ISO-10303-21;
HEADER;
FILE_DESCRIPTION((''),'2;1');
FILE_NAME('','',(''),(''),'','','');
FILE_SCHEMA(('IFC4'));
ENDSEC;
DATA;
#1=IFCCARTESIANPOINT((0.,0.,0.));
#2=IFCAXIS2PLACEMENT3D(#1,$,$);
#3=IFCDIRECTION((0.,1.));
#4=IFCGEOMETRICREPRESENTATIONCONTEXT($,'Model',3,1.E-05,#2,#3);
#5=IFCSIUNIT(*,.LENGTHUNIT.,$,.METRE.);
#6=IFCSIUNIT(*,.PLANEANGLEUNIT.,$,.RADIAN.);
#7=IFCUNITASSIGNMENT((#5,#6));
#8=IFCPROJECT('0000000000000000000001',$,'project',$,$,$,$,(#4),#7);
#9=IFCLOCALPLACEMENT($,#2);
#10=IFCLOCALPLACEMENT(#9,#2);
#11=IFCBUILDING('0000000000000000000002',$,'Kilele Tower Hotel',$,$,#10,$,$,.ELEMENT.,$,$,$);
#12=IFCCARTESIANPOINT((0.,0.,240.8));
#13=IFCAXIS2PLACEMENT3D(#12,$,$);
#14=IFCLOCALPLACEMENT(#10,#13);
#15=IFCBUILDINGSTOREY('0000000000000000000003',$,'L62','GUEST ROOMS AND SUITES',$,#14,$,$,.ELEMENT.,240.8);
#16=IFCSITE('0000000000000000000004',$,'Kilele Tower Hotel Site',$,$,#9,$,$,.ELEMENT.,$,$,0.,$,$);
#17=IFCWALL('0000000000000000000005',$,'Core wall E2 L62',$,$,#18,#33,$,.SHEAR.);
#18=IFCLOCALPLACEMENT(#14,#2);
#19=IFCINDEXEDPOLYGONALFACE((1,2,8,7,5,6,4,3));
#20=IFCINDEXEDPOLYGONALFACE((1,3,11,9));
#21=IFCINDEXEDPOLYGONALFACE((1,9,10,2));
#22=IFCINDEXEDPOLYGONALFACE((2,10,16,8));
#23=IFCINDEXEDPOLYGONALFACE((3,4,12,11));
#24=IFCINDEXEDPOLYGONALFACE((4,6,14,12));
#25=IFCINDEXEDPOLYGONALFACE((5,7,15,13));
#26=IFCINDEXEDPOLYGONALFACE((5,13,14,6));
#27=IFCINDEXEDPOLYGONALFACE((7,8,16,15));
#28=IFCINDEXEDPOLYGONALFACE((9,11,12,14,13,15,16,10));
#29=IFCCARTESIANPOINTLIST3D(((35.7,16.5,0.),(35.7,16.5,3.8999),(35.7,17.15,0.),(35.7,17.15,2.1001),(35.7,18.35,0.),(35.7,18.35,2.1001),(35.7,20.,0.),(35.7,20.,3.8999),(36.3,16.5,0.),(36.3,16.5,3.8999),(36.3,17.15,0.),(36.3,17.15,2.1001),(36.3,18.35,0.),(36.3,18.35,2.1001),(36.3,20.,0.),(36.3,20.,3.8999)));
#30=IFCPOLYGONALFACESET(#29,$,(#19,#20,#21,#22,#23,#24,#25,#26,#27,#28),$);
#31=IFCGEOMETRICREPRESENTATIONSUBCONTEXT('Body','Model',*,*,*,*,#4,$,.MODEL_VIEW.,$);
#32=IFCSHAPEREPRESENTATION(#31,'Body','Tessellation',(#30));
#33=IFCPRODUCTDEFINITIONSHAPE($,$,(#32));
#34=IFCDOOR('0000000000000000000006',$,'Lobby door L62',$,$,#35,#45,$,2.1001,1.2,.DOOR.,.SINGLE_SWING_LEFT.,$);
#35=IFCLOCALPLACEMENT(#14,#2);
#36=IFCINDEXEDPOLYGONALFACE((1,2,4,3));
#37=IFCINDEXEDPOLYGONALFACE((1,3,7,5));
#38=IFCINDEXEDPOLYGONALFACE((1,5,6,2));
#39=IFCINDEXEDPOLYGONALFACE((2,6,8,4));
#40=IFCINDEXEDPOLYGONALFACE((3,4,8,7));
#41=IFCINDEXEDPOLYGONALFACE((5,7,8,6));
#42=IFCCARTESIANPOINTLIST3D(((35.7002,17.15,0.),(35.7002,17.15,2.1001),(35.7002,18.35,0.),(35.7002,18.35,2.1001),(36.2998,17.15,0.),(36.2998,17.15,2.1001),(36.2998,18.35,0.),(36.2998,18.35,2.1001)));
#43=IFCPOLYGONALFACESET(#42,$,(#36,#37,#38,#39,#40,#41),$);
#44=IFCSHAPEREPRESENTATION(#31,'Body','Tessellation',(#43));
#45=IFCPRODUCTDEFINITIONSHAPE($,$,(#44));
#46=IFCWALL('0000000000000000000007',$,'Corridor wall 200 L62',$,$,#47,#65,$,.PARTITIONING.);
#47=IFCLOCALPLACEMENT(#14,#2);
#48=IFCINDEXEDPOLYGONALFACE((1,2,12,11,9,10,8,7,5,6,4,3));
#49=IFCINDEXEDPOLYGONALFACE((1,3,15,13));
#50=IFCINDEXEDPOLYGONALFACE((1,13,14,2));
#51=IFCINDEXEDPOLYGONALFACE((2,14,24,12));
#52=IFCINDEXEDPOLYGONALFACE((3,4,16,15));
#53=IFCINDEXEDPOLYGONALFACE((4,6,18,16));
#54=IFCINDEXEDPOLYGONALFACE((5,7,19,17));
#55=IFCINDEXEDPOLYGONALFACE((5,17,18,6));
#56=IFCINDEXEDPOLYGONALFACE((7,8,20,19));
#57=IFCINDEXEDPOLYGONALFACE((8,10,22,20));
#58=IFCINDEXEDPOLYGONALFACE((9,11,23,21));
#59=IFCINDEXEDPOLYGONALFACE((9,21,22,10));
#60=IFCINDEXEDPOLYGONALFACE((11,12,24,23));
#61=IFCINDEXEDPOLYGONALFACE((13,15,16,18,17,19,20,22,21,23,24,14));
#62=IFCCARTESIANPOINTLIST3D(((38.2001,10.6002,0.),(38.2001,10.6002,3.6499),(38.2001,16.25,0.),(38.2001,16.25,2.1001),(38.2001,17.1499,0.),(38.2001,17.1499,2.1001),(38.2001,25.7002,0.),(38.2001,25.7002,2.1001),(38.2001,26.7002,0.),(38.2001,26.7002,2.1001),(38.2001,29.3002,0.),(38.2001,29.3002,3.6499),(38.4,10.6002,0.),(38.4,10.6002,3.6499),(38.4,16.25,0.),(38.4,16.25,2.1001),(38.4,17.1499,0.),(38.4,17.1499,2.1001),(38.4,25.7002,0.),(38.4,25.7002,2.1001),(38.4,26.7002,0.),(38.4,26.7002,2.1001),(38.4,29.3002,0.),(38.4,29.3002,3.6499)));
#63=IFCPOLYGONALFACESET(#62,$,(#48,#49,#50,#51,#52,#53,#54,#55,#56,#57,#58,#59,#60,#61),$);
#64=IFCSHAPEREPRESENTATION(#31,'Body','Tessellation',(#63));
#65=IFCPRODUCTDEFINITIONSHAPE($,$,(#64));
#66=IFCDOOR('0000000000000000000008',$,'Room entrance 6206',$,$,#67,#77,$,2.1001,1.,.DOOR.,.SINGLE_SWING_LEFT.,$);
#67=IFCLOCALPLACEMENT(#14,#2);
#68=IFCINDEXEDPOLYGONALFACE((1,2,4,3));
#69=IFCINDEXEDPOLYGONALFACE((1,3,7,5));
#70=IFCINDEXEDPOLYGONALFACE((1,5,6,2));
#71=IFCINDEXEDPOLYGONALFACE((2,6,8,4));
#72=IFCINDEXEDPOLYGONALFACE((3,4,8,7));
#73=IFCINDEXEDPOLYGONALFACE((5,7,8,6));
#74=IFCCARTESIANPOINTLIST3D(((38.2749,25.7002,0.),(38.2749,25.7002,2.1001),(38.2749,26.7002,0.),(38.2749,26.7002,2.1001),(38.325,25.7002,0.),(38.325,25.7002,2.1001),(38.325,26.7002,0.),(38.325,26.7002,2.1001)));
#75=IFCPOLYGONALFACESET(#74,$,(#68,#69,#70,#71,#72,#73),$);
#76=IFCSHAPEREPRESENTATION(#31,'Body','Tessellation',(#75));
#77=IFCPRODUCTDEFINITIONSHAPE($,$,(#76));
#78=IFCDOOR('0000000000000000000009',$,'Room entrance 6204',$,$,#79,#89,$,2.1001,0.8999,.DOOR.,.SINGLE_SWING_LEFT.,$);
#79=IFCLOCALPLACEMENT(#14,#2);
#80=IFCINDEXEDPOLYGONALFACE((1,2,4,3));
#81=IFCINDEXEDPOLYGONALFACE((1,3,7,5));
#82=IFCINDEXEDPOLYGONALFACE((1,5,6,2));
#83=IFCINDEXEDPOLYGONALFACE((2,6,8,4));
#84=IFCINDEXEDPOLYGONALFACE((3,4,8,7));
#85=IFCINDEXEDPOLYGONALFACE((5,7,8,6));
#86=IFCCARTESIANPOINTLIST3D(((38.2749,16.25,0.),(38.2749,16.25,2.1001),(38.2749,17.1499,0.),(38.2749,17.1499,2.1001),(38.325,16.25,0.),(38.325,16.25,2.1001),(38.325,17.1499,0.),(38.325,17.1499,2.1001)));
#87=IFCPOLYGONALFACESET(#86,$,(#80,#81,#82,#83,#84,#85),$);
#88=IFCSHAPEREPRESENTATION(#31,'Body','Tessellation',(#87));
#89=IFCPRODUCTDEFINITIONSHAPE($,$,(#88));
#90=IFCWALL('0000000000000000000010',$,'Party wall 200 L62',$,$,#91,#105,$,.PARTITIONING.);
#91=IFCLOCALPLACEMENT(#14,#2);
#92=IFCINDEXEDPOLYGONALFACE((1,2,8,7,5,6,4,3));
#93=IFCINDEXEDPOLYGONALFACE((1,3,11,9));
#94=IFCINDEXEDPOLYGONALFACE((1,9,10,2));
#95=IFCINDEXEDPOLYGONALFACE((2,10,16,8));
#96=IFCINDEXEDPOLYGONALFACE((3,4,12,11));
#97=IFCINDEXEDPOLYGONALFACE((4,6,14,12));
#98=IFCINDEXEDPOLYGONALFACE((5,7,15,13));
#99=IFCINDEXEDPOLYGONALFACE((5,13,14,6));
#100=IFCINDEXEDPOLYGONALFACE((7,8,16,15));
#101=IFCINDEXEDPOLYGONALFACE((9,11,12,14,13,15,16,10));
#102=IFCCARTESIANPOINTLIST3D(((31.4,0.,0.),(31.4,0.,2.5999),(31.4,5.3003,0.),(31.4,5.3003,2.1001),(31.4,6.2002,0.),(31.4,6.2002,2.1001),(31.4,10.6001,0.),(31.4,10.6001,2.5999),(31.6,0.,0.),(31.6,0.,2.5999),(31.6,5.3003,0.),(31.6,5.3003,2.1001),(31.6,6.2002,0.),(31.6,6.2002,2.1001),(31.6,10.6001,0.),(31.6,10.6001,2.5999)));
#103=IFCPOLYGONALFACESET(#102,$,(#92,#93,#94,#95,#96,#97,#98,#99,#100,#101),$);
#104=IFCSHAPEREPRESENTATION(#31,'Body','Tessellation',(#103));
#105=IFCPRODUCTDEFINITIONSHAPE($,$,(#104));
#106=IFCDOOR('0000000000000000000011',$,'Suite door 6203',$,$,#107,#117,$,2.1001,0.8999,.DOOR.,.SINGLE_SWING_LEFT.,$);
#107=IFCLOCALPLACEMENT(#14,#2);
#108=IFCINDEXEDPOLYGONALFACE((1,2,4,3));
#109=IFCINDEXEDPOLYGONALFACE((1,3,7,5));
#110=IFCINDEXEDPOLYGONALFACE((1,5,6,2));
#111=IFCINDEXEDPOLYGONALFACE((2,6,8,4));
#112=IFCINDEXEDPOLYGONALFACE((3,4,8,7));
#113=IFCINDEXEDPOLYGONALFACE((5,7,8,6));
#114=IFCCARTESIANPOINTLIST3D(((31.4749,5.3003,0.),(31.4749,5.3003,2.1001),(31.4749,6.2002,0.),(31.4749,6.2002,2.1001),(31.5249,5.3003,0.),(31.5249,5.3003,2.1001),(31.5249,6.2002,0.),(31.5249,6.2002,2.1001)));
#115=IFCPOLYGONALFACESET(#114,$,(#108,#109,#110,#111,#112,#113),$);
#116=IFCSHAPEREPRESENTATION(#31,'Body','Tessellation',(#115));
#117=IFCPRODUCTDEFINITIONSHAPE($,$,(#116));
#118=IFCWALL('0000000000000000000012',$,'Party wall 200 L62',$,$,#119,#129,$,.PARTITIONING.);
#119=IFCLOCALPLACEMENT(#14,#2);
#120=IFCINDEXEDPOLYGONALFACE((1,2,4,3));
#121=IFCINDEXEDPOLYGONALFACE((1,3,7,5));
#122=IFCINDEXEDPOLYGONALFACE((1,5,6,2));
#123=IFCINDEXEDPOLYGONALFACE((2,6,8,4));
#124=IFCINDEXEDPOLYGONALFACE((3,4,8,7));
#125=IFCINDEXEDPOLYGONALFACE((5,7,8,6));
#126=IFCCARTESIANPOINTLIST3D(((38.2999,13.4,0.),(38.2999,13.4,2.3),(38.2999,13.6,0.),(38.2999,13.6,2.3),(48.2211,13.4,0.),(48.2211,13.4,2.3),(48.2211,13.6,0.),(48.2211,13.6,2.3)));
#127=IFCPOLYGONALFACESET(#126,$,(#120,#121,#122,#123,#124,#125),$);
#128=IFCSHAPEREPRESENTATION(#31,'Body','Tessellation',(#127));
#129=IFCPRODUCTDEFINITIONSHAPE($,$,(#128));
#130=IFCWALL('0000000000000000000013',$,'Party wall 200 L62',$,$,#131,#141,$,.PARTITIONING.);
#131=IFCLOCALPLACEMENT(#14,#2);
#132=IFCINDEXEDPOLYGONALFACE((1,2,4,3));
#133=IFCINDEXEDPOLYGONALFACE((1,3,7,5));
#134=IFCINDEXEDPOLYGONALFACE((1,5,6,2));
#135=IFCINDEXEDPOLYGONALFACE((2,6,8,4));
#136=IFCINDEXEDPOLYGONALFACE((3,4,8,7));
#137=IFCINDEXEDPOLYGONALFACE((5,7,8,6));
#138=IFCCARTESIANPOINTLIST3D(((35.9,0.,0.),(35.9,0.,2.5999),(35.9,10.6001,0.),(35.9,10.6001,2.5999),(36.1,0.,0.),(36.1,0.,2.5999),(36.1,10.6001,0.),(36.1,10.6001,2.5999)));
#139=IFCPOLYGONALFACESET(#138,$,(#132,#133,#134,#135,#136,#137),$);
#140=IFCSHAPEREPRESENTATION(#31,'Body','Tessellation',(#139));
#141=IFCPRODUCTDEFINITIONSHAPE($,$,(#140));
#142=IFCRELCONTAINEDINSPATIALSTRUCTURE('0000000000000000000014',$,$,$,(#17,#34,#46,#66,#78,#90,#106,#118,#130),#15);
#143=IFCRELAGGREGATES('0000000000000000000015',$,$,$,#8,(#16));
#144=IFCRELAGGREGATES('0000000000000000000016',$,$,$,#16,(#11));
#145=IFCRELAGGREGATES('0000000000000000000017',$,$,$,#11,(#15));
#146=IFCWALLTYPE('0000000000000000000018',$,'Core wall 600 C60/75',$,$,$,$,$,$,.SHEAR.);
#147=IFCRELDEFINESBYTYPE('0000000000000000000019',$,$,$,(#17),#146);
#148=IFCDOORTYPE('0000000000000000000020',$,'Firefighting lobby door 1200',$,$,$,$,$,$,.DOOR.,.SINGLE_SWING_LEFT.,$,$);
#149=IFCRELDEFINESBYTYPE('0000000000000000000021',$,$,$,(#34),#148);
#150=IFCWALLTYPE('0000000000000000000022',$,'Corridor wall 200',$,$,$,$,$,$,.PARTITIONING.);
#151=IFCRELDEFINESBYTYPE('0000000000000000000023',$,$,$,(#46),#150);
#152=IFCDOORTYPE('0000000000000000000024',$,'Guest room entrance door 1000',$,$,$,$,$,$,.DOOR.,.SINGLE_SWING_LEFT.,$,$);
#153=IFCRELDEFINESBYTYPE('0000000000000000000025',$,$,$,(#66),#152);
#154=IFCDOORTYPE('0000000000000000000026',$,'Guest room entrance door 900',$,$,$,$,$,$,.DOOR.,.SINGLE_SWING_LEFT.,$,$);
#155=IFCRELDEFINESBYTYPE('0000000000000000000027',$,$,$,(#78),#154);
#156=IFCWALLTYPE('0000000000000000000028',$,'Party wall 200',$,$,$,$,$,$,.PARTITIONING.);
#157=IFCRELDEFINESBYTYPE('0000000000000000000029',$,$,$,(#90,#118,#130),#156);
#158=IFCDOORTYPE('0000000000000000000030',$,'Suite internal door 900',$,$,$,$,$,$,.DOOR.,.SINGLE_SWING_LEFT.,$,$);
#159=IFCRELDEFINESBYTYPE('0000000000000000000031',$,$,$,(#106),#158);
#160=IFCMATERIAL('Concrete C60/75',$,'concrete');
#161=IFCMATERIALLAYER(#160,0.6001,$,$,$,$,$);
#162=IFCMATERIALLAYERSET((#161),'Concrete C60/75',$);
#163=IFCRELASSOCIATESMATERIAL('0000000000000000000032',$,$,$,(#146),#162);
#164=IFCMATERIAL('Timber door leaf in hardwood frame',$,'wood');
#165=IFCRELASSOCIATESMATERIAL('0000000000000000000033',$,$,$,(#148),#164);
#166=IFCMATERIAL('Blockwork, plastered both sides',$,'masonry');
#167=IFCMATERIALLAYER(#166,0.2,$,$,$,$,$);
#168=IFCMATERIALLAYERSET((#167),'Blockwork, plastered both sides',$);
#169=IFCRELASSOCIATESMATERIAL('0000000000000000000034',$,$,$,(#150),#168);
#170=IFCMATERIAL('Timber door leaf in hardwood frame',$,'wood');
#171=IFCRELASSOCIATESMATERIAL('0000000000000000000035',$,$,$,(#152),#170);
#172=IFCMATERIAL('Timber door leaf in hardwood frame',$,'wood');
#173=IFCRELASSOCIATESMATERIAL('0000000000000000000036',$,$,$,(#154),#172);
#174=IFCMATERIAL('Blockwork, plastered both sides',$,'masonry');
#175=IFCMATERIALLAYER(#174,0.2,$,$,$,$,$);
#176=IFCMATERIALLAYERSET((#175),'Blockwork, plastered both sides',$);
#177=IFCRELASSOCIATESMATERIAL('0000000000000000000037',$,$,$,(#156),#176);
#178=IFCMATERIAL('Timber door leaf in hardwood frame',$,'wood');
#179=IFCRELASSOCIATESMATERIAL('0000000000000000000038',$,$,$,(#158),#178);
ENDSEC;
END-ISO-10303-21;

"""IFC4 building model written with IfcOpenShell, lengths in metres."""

from ifc_helpers import new_model, si_unit, direction, frame, frame_2d, origin, place, context, subcontext, project, spatial, rectangle, extrude, material, layer, layer_set, type_object, element, fill, save


model = new_model("IFC4")

# Units and contexts
model_context = context("Model", 3, precision=1e-05, world=origin(), true_north=direction((0.0, 1.0)))
body_context = subcontext(model_context, "Body", "Model", "MODEL_VIEW")
ifc_project = project(units=[si_unit("LENGTHUNIT", "METRE"), si_unit("PLANEANGLEUNIT", "RADIAN")], contexts=[model_context])

# Site, building, storey
site_placement = place(None, origin())
site = spatial("IfcSite", under=ifc_project, at=site_placement, Name="Kilele Tower Hotel Site", CompositionType="ELEMENT", RefElevation=0.0)
building_placement = place(site_placement, origin())
building = spatial("IfcBuilding", under=site, at=building_placement, Name="Kilele Tower Hotel", CompositionType="ELEMENT")
storey_placement = place(building_placement, frame((0.0, 0.0, 240.8)))
storey = spatial("IfcBuildingStorey", under=building, at=storey_placement, Name="L62", Description="GUEST ROOMS AND SUITES", CompositionType="ELEMENT", Elevation=240.8)

# Shared definitions
ifc_material_1 = material(Name="Concrete C60/75", Category="concrete")
ifc_layer_1 = layer(ifc_material_1, 0.6001)
ifc_layer_set_1 = layer_set([ifc_layer_1], Name="Concrete C60/75")
wall_type_1 = type_object("IfcWallType", Name="Core wall 600 C60/75", PredefinedType="SHEAR", material=ifc_layer_set_1)
ifc_material_2 = material(Name="Timber door leaf in hardwood frame", Category="wood")
door_type_1 = type_object("IfcDoorType", Name="Firefighting lobby door 1200", OperationType="SINGLE_SWING_LEFT", PredefinedType="DOOR", material=ifc_material_2)

# Wall, opening, door
wall_1_placement = place(storey_placement, frame((36.0, 16.5, 0.0), z_axis=(0.0, 0.0, 1.0), x_axis=(0.0, 1.0, 0.0)))
wall_1 = element("IfcWall", 1, at=wall_1_placement, inside=storey, type_object=wall_type_1, Name="Core wall E2 L62", PredefinedType="SHEAR", context=body_context, shape_type="SweptSolid", body=[
    extrude(rectangle(XDim=3.5, YDim=0.6001, at=frame_2d((1.75, 0.0))), origin(), (0.0, 0.0, 1.0), 3.8999),
])
opening_1_placement = place(wall_1_placement, frame((0.6499, 0.0, 0.0)))
opening_1 = element("IfcOpeningElement", 2, at=opening_1_placement, cuts=wall_1, PredefinedType="OPENING", context=body_context, shape_type="SweptSolid", body=[
    extrude(rectangle(XDim=1.2, YDim=2.1001, at=frame_2d((0.6001, 1.05))), frame((0.0, 0.3101, 0.0), z_axis=(0.0, -1.0, 0.0), x_axis=(1.0, 0.0, 0.0)), (0.0, 0.0, 1.0), 0.6201),
])
door_1_placement = place(opening_1_placement, origin())
door_1 = element("IfcDoor", 3, at=door_1_placement, inside=storey, type_object=door_type_1, Name="Lobby door L62", OperationType="SINGLE_SWING_LEFT", OverallHeight=2.1001, OverallWidth=1.2, PredefinedType="DOOR", context=body_context, shape_type="SweptSolid", body=[
    extrude(rectangle(XDim=1.2, YDim=2.1001, at=frame_2d((0.6001, 1.05))), frame((0.0, 0.2998, 0.0), z_axis=(0.0, -1.0, 0.0), x_axis=(1.0, 0.0, 0.0)), (0.0, 0.0, 1.0), 0.5996),
])
fill(opening_1, door_1)

# Wall, openings, doors
ifc_material_3 = material(Name="Blockwork, plastered both sides", Category="masonry")
ifc_layer_2 = layer(ifc_material_3, 0.2)
ifc_layer_set_2 = layer_set([ifc_layer_2], Name="Blockwork, plastered both sides")
wall_type_2 = type_object("IfcWallType", Name="Corridor wall 200", PredefinedType="PARTITIONING", material=ifc_layer_set_2)
wall_2_placement = place(storey_placement, frame((38.3, 10.6001, 0.0), z_axis=(0.0, 0.0, 1.0), x_axis=(0.0, 1.0, 0.0)))
wall_2 = element("IfcWall", 4, at=wall_2_placement, inside=storey, type_object=wall_type_2, Name="Corridor wall 200 L62", PredefinedType="PARTITIONING", context=body_context, shape_type="SweptSolid", body=[
    extrude(rectangle(XDim=18.7, YDim=0.2, at=frame_2d((9.3501, 0.0))), origin(), (0.0, 0.0, 1.0), 3.6499),
])
opening_2_placement = place(wall_2_placement, frame((6.5498, 0.0, 0.0), z_axis=(0.0, 0.0, 1.0), x_axis=(-1.0, 0.0, 0.0)))
opening_2 = element("IfcOpeningElement", 5, at=opening_2_placement, cuts=wall_2, PredefinedType="OPENING", context=body_context, shape_type="SweptSolid", body=[
    extrude(rectangle(XDim=0.8999, YDim=2.1001, at=frame_2d((0.45, 1.05))), frame((0.0, 0.1099, 0.0), z_axis=(0.0, -1.0, 0.0), x_axis=(1.0, 0.0, 0.0)), (0.0, 0.0, 1.0), 0.22),
])
opening_3_placement = place(wall_2_placement, frame((16.1001, 0.0, 0.0), z_axis=(0.0, 0.0, 1.0), x_axis=(-1.0, 0.0, 0.0)))
opening_3 = element("IfcOpeningElement", 6, at=opening_3_placement, cuts=wall_2, PredefinedType="OPENING", context=body_context, shape_type="SweptSolid", body=[
    extrude(rectangle(XDim=1.0, YDim=2.1001, at=frame_2d((0.5, 1.05))), frame((0.0, 0.1099, 0.0), z_axis=(0.0, -1.0, 0.0), x_axis=(1.0, 0.0, 0.0)), (0.0, 0.0, 1.0), 0.22),
])
ifc_material_4 = material(Name="Timber door leaf in hardwood frame", Category="wood")
door_type_2 = type_object("IfcDoorType", Name="Guest room entrance door 1000", OperationType="SINGLE_SWING_LEFT", PredefinedType="DOOR", material=ifc_material_4)
door_2_placement = place(opening_3_placement, origin())
door_2 = element("IfcDoor", 7, at=door_2_placement, inside=storey, type_object=door_type_2, Name="Room entrance 6206", OperationType="SINGLE_SWING_LEFT", OverallHeight=2.1001, OverallWidth=1.0, PredefinedType="DOOR", context=body_context, shape_type="SweptSolid", body=[
    extrude(rectangle(XDim=1.0, YDim=2.1001, at=frame_2d((0.5, 1.05))), frame((0.0, 0.0249, 0.0), z_axis=(0.0, -1.0, 0.0), x_axis=(1.0, 0.0, 0.0)), (0.0, 0.0, 1.0), 0.05),
])
fill(opening_3, door_2)
ifc_material_5 = material(Name="Timber door leaf in hardwood frame", Category="wood")
door_type_3 = type_object("IfcDoorType", Name="Guest room entrance door 900", OperationType="SINGLE_SWING_LEFT", PredefinedType="DOOR", material=ifc_material_5)
door_3_placement = place(opening_2_placement, origin())
door_3 = element("IfcDoor", 8, at=door_3_placement, inside=storey, type_object=door_type_3, Name="Room entrance 6204", OperationType="SINGLE_SWING_LEFT", OverallHeight=2.1001, OverallWidth=0.8999, PredefinedType="DOOR", context=body_context, shape_type="SweptSolid", body=[
    extrude(rectangle(XDim=0.8999, YDim=2.1001, at=frame_2d((0.45, 1.05))), frame((0.0, 0.0249, 0.0), z_axis=(0.0, -1.0, 0.0), x_axis=(1.0, 0.0, 0.0)), (0.0, 0.0, 1.0), 0.05),
])
fill(opening_2, door_3)

# Wall, opening, door
ifc_material_6 = material(Name="Blockwork, plastered both sides", Category="masonry")
ifc_layer_3 = layer(ifc_material_6, 0.2)
ifc_layer_set_3 = layer_set([ifc_layer_3], Name="Blockwork, plastered both sides")
wall_type_3 = type_object("IfcWallType", Name="Party wall 200", PredefinedType="PARTITIONING", material=ifc_layer_set_3)
wall_3_placement = place(storey_placement, frame((31.5, 10.6001, 0.0), z_axis=(0.0, 0.0, 1.0), x_axis=(0.0, -1.0, 0.0)))
wall_3 = element("IfcWall", 9, at=wall_3_placement, inside=storey, type_object=wall_type_3, Name="Party wall 200 L62", PredefinedType="PARTITIONING", context=body_context, shape_type="SweptSolid", body=[
    extrude(rectangle(XDim=10.6001, YDim=0.2, at=frame_2d((5.3, 0.0))), origin(), (0.0, 0.0, 1.0), 2.5999),
])
opening_4_placement = place(wall_3_placement, frame((4.3999, 0.0, 0.0)))
opening_4 = element("IfcOpeningElement", 10, at=opening_4_placement, cuts=wall_3, PredefinedType="OPENING", context=body_context, shape_type="SweptSolid", body=[
    extrude(rectangle(XDim=0.8999, YDim=2.1001, at=frame_2d((0.45, 1.05))), frame((0.0, 0.1099, 0.0), z_axis=(0.0, -1.0, 0.0), x_axis=(1.0, 0.0, 0.0)), (0.0, 0.0, 1.0), 0.22),
])
ifc_material_7 = material(Name="Timber door leaf in hardwood frame", Category="wood")
door_type_4 = type_object("IfcDoorType", Name="Suite internal door 900", OperationType="SINGLE_SWING_LEFT", PredefinedType="DOOR", material=ifc_material_7)
door_4_placement = place(opening_4_placement, origin())
door_4 = element("IfcDoor", 11, at=door_4_placement, inside=storey, type_object=door_type_4, Name="Suite door 6203", OperationType="SINGLE_SWING_LEFT", OverallHeight=2.1001, OverallWidth=0.8999, PredefinedType="DOOR", context=body_context, shape_type="SweptSolid", body=[
    extrude(rectangle(XDim=0.8999, YDim=2.1001, at=frame_2d((0.45, 1.05))), frame((0.0, 0.0249, 0.0), z_axis=(0.0, -1.0, 0.0), x_axis=(1.0, 0.0, 0.0)), (0.0, 0.0, 1.0), 0.05),
])
fill(opening_4, door_4)

# Walls
wall_4_placement = place(storey_placement, frame((38.3, 13.5, 0.0), z_axis=(0.0, 0.0, 1.0), x_axis=(1.0, 0.0, 0.0)))
element("IfcWall", 12, at=wall_4_placement, inside=storey, type_object=wall_type_3, Name="Party wall 200 L62", PredefinedType="PARTITIONING", context=body_context, shape_type="SweptSolid", body=[
    extrude(rectangle(XDim=9.9211, YDim=0.2, at=frame_2d((4.9604, 0.0))), origin(), (0.0, 0.0, 1.0), 2.3),
])
wall_5_placement = place(storey_placement, frame((36.0, 10.6001, 0.0), z_axis=(0.0, 0.0, 1.0), x_axis=(0.0, -1.0, 0.0)))
element("IfcWall", 13, at=wall_5_placement, inside=storey, type_object=wall_type_3, Name="Party wall 200 L62", PredefinedType="PARTITIONING", context=body_context, shape_type="SweptSolid", body=[
    extrude(rectangle(XDim=10.6001, YDim=0.2, at=frame_2d((5.3, 0.0))), origin(), (0.0, 0.0, 1.0), 2.5999),
])

save(model, "model.ifc")
